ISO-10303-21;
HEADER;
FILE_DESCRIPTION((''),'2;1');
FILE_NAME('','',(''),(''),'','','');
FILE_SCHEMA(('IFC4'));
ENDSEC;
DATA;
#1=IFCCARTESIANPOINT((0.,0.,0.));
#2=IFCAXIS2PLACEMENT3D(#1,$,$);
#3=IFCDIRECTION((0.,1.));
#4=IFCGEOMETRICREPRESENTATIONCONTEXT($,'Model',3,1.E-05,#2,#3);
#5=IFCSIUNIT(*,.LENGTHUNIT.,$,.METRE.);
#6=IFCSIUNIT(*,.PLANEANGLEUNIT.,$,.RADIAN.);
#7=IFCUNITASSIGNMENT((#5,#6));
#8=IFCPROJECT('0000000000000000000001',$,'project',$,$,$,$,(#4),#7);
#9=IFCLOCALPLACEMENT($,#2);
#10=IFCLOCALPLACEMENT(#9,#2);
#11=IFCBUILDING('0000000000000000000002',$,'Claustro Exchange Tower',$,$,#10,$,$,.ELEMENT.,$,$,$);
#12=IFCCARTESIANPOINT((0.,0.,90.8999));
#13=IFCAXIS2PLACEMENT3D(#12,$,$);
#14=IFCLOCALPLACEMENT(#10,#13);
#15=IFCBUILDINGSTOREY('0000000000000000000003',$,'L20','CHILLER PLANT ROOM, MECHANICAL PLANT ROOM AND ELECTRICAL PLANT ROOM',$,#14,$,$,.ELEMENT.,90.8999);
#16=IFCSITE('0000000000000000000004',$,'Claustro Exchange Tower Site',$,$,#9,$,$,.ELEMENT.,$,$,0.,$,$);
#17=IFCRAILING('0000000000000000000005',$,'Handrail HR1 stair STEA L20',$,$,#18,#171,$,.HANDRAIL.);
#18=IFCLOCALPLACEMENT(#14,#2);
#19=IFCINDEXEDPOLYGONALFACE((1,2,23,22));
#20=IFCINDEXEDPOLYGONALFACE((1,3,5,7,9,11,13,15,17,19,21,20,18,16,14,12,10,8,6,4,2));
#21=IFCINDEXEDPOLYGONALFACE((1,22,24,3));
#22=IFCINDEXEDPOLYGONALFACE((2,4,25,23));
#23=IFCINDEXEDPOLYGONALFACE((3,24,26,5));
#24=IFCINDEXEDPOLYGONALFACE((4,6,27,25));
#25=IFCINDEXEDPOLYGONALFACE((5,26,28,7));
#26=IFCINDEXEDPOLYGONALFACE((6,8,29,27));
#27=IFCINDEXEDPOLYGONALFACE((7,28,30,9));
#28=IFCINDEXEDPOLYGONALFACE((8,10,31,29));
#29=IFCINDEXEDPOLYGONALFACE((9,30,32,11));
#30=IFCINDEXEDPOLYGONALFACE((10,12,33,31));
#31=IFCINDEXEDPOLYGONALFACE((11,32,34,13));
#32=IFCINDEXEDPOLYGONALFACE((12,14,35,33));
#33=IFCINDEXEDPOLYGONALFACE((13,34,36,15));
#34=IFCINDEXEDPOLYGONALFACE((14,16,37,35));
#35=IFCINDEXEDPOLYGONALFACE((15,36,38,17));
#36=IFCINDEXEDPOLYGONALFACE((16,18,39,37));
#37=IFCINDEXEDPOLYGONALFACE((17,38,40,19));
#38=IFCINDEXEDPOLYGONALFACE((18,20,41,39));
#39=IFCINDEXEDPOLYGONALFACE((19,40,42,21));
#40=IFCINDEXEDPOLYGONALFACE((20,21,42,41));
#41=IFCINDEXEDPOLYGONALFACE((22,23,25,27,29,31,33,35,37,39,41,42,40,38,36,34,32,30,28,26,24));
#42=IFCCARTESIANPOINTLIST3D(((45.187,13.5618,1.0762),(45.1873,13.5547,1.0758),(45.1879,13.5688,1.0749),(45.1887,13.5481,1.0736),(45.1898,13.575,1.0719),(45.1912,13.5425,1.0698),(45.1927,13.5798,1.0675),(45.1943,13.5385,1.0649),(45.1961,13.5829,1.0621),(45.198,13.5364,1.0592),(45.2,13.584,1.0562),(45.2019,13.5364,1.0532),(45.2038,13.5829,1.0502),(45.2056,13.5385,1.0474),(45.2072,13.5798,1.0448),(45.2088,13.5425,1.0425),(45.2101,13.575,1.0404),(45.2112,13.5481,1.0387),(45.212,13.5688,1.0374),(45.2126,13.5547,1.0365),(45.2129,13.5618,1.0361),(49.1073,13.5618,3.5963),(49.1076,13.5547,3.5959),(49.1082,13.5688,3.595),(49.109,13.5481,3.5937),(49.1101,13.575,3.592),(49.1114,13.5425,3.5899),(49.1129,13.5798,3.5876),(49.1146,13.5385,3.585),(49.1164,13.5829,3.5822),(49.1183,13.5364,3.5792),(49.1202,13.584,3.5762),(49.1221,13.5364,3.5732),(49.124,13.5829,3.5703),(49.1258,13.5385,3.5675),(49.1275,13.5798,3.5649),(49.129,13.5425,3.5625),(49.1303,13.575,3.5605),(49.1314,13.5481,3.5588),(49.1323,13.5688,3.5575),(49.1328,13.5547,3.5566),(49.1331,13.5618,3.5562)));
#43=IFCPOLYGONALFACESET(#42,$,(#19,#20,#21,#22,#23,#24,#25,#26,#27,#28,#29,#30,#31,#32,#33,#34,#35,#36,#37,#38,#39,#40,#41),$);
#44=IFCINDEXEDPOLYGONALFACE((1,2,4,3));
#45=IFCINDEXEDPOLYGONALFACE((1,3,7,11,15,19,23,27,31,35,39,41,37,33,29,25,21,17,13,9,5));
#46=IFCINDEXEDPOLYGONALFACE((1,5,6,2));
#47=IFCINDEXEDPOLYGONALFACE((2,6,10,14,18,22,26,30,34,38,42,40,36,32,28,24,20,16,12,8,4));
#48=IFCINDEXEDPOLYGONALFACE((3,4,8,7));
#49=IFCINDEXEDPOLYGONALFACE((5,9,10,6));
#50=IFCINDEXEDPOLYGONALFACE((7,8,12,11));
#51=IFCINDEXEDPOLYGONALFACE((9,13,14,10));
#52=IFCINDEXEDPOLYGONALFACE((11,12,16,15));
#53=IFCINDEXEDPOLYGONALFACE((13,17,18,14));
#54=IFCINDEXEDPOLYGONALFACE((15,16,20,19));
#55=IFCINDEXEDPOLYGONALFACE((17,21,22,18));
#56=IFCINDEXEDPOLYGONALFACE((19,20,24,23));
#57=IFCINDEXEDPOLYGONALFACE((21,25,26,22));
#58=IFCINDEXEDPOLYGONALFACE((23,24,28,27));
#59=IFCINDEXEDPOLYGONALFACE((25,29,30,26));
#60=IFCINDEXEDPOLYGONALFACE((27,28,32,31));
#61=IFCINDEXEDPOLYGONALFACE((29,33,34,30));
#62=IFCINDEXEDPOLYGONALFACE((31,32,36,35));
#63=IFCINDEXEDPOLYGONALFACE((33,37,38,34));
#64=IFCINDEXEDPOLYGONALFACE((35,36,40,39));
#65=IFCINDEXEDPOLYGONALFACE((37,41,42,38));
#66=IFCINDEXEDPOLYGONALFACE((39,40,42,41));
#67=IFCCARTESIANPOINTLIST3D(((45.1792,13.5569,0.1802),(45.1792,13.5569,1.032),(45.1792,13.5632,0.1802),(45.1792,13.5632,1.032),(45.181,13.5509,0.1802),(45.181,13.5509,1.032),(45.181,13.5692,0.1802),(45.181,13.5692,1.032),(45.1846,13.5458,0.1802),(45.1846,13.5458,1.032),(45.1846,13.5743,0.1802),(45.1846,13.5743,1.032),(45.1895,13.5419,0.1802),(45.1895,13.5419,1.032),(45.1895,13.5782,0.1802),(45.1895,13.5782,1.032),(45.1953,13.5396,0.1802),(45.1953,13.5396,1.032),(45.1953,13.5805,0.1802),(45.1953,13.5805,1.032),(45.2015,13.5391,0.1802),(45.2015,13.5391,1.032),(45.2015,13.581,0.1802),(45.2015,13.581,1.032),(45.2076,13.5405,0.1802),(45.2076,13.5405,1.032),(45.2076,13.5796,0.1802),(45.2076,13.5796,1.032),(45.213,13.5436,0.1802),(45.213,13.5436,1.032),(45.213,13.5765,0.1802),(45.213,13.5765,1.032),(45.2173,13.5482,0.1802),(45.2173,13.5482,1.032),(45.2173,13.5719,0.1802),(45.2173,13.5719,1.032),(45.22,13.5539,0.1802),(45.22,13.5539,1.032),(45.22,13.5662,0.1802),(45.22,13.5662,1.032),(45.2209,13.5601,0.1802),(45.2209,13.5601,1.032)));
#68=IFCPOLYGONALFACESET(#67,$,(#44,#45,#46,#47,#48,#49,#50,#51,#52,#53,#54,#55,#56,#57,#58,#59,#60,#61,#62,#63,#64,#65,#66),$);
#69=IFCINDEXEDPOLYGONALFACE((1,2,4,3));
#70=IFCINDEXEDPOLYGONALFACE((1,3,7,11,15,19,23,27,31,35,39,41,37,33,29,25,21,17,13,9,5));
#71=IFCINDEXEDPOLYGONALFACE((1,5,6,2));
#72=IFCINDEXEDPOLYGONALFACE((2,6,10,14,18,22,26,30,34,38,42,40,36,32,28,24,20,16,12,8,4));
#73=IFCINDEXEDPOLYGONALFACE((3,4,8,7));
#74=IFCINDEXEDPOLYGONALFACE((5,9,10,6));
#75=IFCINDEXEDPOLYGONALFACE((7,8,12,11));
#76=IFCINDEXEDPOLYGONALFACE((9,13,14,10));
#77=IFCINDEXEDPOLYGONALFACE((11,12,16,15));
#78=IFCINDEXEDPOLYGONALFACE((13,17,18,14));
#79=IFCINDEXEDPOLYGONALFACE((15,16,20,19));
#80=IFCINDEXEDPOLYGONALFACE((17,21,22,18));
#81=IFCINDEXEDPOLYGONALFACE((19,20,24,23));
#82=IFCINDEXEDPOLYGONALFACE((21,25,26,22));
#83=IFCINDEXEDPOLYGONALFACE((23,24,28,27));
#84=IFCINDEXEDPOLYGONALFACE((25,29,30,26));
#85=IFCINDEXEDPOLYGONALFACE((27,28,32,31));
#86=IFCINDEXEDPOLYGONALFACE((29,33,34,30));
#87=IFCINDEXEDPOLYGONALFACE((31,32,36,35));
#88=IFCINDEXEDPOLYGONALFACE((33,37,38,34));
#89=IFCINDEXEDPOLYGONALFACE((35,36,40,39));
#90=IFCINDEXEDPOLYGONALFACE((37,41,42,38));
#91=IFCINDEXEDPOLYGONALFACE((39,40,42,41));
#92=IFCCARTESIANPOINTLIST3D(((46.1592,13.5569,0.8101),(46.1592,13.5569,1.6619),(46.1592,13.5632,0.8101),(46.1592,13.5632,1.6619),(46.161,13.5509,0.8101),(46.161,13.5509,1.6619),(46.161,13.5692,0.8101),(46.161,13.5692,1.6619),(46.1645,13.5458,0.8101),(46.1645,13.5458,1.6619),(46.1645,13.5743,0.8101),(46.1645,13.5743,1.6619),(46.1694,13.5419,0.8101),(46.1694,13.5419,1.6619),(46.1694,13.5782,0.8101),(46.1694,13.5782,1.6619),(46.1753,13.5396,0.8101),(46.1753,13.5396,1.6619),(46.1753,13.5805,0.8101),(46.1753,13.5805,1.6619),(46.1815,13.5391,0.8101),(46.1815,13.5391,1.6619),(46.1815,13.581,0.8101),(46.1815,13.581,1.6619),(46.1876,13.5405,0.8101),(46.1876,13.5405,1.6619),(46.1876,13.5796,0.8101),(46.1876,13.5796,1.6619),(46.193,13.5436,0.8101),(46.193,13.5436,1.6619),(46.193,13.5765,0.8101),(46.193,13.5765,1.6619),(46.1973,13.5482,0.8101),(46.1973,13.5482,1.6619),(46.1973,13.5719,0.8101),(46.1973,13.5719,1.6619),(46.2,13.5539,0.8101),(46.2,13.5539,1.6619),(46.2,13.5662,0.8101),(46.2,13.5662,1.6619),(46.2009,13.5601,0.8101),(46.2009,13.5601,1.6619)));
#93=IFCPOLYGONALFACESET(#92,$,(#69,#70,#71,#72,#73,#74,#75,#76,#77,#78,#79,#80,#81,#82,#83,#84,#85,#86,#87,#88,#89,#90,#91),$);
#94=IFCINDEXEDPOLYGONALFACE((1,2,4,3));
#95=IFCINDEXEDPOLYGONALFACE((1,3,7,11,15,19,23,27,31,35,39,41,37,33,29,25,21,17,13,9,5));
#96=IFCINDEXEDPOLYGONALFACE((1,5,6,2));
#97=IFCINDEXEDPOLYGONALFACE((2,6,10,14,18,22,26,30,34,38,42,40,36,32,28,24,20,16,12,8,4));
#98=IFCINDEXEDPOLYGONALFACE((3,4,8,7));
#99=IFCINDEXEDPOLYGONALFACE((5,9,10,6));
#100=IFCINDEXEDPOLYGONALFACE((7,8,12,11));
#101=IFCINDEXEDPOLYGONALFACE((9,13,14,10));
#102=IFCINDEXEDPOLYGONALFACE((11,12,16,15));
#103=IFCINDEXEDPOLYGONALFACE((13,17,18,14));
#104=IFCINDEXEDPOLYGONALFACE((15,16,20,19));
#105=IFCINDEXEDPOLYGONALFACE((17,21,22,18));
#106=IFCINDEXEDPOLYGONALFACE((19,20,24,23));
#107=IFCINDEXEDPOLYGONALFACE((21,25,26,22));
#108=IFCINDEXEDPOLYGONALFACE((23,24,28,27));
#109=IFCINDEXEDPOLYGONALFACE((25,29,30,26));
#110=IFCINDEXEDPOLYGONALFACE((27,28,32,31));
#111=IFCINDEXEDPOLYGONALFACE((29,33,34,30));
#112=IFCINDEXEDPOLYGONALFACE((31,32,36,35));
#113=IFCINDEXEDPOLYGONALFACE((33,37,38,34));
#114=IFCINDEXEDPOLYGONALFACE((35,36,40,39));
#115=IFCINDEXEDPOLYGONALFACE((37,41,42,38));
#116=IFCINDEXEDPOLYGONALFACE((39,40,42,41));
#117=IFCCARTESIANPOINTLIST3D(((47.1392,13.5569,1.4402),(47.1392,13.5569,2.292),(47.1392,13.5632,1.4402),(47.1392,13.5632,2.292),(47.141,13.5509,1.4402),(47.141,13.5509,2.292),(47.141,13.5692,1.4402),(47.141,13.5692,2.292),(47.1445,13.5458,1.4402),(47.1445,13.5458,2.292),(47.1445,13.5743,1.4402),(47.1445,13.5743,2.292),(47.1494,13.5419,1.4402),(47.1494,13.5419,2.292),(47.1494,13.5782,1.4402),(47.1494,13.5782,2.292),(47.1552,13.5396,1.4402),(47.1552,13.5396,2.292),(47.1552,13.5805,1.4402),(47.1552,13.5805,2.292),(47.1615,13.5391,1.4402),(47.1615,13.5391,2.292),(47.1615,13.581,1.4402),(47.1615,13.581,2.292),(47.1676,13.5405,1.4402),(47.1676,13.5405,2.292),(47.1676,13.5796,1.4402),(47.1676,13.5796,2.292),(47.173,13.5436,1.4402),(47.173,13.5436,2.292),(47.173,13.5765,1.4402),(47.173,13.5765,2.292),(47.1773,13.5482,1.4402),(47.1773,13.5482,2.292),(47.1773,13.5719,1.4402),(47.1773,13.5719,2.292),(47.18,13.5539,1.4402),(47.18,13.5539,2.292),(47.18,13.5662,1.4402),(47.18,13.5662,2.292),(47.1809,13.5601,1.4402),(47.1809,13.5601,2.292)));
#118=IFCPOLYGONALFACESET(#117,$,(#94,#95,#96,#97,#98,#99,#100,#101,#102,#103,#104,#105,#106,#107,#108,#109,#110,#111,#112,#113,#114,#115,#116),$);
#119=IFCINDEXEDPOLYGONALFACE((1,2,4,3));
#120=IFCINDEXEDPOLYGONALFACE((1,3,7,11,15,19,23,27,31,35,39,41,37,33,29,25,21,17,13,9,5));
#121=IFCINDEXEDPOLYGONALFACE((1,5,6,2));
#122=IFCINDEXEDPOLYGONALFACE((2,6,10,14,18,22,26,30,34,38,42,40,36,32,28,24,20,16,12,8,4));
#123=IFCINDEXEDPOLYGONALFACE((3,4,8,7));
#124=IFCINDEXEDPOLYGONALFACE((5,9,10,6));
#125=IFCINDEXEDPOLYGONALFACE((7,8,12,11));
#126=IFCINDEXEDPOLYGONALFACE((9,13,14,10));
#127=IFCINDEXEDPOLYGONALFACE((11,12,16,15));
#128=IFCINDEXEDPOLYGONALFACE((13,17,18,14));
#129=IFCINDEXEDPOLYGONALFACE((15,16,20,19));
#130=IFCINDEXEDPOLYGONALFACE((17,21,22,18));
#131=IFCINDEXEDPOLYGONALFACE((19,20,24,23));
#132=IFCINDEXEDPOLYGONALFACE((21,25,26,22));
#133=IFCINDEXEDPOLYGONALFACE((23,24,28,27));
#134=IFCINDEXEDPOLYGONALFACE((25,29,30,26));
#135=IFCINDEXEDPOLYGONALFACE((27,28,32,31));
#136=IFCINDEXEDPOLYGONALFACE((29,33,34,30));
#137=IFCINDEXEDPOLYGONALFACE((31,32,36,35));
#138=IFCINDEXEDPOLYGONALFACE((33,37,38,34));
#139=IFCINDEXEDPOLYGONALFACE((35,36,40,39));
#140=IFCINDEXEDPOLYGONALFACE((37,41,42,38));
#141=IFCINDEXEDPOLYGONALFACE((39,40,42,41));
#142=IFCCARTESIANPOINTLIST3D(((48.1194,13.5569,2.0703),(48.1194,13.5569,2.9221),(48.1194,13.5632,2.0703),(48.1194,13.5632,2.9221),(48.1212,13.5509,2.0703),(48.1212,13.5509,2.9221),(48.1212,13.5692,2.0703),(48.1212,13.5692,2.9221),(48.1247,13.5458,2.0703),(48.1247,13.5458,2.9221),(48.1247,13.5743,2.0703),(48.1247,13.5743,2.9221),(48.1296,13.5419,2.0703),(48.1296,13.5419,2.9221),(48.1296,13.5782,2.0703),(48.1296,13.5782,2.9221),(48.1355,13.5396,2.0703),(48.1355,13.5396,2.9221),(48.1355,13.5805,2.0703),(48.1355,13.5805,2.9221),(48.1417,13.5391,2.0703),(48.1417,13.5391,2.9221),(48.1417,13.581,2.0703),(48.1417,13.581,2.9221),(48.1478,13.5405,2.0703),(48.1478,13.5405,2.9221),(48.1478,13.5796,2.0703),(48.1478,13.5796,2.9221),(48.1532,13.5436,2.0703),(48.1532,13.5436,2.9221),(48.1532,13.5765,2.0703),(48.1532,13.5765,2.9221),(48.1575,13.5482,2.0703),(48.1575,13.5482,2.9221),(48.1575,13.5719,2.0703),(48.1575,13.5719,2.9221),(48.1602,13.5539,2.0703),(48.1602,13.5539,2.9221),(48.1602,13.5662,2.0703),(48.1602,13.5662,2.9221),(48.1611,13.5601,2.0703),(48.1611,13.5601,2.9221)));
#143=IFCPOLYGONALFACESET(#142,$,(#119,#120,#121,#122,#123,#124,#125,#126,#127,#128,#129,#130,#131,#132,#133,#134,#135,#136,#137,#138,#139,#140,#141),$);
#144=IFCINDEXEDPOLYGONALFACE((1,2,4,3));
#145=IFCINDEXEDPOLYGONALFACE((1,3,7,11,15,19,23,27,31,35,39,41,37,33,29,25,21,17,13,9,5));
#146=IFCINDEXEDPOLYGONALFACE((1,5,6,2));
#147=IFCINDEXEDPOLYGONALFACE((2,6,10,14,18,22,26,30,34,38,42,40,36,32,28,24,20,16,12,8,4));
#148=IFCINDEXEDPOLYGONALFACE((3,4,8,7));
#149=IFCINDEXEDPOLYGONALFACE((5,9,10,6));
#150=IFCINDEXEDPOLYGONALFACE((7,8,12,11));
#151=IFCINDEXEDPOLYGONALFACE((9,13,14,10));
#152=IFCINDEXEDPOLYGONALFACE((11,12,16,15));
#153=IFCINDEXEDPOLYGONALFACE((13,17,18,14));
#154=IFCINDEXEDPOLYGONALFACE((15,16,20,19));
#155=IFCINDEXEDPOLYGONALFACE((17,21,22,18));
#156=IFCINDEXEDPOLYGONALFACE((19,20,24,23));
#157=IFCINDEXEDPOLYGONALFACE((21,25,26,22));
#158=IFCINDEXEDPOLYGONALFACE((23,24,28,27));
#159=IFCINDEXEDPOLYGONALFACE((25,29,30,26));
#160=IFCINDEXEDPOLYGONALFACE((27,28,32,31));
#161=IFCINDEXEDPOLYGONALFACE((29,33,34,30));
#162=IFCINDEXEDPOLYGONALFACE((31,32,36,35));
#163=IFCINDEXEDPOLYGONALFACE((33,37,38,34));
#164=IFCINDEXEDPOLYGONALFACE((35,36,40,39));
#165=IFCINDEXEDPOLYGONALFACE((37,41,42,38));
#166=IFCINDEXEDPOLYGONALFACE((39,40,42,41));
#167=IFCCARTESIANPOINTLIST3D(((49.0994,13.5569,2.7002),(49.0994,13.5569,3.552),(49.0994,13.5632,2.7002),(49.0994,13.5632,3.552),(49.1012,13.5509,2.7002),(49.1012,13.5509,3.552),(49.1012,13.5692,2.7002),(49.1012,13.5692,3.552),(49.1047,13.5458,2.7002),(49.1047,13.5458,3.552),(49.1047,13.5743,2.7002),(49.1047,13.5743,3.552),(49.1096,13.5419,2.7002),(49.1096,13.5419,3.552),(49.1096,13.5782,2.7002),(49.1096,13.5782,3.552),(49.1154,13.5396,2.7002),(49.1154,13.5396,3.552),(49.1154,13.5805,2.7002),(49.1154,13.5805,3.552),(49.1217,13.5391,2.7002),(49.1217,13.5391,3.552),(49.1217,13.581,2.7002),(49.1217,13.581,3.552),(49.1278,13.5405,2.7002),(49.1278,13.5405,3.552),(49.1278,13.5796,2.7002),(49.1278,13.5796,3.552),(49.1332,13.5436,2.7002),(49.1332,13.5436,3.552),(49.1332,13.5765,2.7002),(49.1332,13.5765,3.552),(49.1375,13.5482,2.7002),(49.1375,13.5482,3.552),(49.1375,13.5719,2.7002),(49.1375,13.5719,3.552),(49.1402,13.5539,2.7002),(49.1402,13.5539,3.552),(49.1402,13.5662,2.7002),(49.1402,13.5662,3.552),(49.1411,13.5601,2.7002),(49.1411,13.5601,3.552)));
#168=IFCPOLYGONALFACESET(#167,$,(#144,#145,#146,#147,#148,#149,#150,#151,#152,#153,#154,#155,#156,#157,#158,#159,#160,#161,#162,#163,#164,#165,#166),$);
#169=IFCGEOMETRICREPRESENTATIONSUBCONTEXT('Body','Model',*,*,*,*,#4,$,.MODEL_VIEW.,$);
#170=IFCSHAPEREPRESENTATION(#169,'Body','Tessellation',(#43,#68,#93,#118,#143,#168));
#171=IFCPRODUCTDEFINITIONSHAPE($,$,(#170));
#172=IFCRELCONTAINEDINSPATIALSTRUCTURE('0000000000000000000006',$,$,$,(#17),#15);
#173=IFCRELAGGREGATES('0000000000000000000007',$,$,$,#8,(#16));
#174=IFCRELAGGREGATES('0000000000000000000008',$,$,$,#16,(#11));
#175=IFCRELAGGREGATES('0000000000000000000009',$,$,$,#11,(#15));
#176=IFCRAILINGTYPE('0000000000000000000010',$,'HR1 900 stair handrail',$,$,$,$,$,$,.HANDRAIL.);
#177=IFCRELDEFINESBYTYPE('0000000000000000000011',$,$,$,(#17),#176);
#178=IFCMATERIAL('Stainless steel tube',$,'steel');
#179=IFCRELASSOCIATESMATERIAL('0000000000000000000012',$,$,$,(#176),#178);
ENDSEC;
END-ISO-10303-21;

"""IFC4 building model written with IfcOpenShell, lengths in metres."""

from ifc_helpers import new_model, si_unit, direction, frame, origin, origin_2d, place, context, subcontext, project, spatial, circle, extrude, material, type_object, element, save


model = new_model("IFC4")

# Units and contexts
model_context = context("Model", 3, precision=1e-05, world=origin(), true_north=direction((0.0, 1.0)))
body_context = subcontext(model_context, "Body", "Model", "MODEL_VIEW")
ifc_project = project(units=[si_unit("LENGTHUNIT", "METRE"), si_unit("PLANEANGLEUNIT", "RADIAN")], contexts=[model_context])

# Site, building, storey
site_placement = place(None, origin())
site = spatial("IfcSite", under=ifc_project, at=site_placement, Name="Claustro Exchange Tower Site", CompositionType="ELEMENT", RefElevation=0.0)
building_placement = place(site_placement, origin())
building = spatial("IfcBuilding", under=site, at=building_placement, Name="Claustro Exchange Tower", CompositionType="ELEMENT")
storey_placement = place(building_placement, frame((0.0, 0.0, 90.8999)))
storey = spatial("IfcBuildingStorey", under=building, at=storey_placement, Name="L20", Description="CHILLER PLANT ROOM, MECHANICAL PLANT ROOM AND ELECTRICAL PLANT ROOM", CompositionType="ELEMENT", Elevation=90.8999)

# Railing
ifc_material_1 = material(Name="Stainless steel tube", Category="steel")
railing_type_1 = type_object("IfcRailingType", Name="HR1 900 stair handrail", PredefinedType="HANDRAIL", material=ifc_material_1)
railing_1_placement = place(storey_placement, frame((45.2, 13.5601, 0.1802)))
element("IfcRailing", 1, at=railing_1_placement, inside=storey, type_object=railing_type_1, Name="Handrail HR1 stair STEA L20", PredefinedType="HANDRAIL", context=body_context, shape_type="SweptSolid", body=[
    extrude(circle(Radius=0.0239, at=origin_2d()), frame((0.0, 0.0, 0.876), z_axis=(0.841187, 0.0, 0.540744), x_axis=(0.0, 1.0, 0.0)), (0.0, 0.0, 1.0), 4.6604),
    extrude(circle(Radius=0.021, at=origin_2d()), origin(), (0.0, 0.0, 1.0), 0.8518),
    extrude(circle(Radius=0.021, at=origin_2d()), frame((0.98, 0.0, 0.6299)), (0.0, 0.0, 1.0), 0.8518),
    extrude(circle(Radius=0.021, at=origin_2d()), frame((1.96, 0.0, 1.26)), (0.0, 0.0, 1.0), 0.8518),
    extrude(circle(Radius=0.021, at=origin_2d()), frame((2.9402, 0.0, 1.8901)), (0.0, 0.0, 1.0), 0.8518),
    extrude(circle(Radius=0.021, at=origin_2d()), frame((3.9202, 0.0, 2.52)), (0.0, 0.0, 1.0), 0.8518),
])

save(model, "model.ifc")
